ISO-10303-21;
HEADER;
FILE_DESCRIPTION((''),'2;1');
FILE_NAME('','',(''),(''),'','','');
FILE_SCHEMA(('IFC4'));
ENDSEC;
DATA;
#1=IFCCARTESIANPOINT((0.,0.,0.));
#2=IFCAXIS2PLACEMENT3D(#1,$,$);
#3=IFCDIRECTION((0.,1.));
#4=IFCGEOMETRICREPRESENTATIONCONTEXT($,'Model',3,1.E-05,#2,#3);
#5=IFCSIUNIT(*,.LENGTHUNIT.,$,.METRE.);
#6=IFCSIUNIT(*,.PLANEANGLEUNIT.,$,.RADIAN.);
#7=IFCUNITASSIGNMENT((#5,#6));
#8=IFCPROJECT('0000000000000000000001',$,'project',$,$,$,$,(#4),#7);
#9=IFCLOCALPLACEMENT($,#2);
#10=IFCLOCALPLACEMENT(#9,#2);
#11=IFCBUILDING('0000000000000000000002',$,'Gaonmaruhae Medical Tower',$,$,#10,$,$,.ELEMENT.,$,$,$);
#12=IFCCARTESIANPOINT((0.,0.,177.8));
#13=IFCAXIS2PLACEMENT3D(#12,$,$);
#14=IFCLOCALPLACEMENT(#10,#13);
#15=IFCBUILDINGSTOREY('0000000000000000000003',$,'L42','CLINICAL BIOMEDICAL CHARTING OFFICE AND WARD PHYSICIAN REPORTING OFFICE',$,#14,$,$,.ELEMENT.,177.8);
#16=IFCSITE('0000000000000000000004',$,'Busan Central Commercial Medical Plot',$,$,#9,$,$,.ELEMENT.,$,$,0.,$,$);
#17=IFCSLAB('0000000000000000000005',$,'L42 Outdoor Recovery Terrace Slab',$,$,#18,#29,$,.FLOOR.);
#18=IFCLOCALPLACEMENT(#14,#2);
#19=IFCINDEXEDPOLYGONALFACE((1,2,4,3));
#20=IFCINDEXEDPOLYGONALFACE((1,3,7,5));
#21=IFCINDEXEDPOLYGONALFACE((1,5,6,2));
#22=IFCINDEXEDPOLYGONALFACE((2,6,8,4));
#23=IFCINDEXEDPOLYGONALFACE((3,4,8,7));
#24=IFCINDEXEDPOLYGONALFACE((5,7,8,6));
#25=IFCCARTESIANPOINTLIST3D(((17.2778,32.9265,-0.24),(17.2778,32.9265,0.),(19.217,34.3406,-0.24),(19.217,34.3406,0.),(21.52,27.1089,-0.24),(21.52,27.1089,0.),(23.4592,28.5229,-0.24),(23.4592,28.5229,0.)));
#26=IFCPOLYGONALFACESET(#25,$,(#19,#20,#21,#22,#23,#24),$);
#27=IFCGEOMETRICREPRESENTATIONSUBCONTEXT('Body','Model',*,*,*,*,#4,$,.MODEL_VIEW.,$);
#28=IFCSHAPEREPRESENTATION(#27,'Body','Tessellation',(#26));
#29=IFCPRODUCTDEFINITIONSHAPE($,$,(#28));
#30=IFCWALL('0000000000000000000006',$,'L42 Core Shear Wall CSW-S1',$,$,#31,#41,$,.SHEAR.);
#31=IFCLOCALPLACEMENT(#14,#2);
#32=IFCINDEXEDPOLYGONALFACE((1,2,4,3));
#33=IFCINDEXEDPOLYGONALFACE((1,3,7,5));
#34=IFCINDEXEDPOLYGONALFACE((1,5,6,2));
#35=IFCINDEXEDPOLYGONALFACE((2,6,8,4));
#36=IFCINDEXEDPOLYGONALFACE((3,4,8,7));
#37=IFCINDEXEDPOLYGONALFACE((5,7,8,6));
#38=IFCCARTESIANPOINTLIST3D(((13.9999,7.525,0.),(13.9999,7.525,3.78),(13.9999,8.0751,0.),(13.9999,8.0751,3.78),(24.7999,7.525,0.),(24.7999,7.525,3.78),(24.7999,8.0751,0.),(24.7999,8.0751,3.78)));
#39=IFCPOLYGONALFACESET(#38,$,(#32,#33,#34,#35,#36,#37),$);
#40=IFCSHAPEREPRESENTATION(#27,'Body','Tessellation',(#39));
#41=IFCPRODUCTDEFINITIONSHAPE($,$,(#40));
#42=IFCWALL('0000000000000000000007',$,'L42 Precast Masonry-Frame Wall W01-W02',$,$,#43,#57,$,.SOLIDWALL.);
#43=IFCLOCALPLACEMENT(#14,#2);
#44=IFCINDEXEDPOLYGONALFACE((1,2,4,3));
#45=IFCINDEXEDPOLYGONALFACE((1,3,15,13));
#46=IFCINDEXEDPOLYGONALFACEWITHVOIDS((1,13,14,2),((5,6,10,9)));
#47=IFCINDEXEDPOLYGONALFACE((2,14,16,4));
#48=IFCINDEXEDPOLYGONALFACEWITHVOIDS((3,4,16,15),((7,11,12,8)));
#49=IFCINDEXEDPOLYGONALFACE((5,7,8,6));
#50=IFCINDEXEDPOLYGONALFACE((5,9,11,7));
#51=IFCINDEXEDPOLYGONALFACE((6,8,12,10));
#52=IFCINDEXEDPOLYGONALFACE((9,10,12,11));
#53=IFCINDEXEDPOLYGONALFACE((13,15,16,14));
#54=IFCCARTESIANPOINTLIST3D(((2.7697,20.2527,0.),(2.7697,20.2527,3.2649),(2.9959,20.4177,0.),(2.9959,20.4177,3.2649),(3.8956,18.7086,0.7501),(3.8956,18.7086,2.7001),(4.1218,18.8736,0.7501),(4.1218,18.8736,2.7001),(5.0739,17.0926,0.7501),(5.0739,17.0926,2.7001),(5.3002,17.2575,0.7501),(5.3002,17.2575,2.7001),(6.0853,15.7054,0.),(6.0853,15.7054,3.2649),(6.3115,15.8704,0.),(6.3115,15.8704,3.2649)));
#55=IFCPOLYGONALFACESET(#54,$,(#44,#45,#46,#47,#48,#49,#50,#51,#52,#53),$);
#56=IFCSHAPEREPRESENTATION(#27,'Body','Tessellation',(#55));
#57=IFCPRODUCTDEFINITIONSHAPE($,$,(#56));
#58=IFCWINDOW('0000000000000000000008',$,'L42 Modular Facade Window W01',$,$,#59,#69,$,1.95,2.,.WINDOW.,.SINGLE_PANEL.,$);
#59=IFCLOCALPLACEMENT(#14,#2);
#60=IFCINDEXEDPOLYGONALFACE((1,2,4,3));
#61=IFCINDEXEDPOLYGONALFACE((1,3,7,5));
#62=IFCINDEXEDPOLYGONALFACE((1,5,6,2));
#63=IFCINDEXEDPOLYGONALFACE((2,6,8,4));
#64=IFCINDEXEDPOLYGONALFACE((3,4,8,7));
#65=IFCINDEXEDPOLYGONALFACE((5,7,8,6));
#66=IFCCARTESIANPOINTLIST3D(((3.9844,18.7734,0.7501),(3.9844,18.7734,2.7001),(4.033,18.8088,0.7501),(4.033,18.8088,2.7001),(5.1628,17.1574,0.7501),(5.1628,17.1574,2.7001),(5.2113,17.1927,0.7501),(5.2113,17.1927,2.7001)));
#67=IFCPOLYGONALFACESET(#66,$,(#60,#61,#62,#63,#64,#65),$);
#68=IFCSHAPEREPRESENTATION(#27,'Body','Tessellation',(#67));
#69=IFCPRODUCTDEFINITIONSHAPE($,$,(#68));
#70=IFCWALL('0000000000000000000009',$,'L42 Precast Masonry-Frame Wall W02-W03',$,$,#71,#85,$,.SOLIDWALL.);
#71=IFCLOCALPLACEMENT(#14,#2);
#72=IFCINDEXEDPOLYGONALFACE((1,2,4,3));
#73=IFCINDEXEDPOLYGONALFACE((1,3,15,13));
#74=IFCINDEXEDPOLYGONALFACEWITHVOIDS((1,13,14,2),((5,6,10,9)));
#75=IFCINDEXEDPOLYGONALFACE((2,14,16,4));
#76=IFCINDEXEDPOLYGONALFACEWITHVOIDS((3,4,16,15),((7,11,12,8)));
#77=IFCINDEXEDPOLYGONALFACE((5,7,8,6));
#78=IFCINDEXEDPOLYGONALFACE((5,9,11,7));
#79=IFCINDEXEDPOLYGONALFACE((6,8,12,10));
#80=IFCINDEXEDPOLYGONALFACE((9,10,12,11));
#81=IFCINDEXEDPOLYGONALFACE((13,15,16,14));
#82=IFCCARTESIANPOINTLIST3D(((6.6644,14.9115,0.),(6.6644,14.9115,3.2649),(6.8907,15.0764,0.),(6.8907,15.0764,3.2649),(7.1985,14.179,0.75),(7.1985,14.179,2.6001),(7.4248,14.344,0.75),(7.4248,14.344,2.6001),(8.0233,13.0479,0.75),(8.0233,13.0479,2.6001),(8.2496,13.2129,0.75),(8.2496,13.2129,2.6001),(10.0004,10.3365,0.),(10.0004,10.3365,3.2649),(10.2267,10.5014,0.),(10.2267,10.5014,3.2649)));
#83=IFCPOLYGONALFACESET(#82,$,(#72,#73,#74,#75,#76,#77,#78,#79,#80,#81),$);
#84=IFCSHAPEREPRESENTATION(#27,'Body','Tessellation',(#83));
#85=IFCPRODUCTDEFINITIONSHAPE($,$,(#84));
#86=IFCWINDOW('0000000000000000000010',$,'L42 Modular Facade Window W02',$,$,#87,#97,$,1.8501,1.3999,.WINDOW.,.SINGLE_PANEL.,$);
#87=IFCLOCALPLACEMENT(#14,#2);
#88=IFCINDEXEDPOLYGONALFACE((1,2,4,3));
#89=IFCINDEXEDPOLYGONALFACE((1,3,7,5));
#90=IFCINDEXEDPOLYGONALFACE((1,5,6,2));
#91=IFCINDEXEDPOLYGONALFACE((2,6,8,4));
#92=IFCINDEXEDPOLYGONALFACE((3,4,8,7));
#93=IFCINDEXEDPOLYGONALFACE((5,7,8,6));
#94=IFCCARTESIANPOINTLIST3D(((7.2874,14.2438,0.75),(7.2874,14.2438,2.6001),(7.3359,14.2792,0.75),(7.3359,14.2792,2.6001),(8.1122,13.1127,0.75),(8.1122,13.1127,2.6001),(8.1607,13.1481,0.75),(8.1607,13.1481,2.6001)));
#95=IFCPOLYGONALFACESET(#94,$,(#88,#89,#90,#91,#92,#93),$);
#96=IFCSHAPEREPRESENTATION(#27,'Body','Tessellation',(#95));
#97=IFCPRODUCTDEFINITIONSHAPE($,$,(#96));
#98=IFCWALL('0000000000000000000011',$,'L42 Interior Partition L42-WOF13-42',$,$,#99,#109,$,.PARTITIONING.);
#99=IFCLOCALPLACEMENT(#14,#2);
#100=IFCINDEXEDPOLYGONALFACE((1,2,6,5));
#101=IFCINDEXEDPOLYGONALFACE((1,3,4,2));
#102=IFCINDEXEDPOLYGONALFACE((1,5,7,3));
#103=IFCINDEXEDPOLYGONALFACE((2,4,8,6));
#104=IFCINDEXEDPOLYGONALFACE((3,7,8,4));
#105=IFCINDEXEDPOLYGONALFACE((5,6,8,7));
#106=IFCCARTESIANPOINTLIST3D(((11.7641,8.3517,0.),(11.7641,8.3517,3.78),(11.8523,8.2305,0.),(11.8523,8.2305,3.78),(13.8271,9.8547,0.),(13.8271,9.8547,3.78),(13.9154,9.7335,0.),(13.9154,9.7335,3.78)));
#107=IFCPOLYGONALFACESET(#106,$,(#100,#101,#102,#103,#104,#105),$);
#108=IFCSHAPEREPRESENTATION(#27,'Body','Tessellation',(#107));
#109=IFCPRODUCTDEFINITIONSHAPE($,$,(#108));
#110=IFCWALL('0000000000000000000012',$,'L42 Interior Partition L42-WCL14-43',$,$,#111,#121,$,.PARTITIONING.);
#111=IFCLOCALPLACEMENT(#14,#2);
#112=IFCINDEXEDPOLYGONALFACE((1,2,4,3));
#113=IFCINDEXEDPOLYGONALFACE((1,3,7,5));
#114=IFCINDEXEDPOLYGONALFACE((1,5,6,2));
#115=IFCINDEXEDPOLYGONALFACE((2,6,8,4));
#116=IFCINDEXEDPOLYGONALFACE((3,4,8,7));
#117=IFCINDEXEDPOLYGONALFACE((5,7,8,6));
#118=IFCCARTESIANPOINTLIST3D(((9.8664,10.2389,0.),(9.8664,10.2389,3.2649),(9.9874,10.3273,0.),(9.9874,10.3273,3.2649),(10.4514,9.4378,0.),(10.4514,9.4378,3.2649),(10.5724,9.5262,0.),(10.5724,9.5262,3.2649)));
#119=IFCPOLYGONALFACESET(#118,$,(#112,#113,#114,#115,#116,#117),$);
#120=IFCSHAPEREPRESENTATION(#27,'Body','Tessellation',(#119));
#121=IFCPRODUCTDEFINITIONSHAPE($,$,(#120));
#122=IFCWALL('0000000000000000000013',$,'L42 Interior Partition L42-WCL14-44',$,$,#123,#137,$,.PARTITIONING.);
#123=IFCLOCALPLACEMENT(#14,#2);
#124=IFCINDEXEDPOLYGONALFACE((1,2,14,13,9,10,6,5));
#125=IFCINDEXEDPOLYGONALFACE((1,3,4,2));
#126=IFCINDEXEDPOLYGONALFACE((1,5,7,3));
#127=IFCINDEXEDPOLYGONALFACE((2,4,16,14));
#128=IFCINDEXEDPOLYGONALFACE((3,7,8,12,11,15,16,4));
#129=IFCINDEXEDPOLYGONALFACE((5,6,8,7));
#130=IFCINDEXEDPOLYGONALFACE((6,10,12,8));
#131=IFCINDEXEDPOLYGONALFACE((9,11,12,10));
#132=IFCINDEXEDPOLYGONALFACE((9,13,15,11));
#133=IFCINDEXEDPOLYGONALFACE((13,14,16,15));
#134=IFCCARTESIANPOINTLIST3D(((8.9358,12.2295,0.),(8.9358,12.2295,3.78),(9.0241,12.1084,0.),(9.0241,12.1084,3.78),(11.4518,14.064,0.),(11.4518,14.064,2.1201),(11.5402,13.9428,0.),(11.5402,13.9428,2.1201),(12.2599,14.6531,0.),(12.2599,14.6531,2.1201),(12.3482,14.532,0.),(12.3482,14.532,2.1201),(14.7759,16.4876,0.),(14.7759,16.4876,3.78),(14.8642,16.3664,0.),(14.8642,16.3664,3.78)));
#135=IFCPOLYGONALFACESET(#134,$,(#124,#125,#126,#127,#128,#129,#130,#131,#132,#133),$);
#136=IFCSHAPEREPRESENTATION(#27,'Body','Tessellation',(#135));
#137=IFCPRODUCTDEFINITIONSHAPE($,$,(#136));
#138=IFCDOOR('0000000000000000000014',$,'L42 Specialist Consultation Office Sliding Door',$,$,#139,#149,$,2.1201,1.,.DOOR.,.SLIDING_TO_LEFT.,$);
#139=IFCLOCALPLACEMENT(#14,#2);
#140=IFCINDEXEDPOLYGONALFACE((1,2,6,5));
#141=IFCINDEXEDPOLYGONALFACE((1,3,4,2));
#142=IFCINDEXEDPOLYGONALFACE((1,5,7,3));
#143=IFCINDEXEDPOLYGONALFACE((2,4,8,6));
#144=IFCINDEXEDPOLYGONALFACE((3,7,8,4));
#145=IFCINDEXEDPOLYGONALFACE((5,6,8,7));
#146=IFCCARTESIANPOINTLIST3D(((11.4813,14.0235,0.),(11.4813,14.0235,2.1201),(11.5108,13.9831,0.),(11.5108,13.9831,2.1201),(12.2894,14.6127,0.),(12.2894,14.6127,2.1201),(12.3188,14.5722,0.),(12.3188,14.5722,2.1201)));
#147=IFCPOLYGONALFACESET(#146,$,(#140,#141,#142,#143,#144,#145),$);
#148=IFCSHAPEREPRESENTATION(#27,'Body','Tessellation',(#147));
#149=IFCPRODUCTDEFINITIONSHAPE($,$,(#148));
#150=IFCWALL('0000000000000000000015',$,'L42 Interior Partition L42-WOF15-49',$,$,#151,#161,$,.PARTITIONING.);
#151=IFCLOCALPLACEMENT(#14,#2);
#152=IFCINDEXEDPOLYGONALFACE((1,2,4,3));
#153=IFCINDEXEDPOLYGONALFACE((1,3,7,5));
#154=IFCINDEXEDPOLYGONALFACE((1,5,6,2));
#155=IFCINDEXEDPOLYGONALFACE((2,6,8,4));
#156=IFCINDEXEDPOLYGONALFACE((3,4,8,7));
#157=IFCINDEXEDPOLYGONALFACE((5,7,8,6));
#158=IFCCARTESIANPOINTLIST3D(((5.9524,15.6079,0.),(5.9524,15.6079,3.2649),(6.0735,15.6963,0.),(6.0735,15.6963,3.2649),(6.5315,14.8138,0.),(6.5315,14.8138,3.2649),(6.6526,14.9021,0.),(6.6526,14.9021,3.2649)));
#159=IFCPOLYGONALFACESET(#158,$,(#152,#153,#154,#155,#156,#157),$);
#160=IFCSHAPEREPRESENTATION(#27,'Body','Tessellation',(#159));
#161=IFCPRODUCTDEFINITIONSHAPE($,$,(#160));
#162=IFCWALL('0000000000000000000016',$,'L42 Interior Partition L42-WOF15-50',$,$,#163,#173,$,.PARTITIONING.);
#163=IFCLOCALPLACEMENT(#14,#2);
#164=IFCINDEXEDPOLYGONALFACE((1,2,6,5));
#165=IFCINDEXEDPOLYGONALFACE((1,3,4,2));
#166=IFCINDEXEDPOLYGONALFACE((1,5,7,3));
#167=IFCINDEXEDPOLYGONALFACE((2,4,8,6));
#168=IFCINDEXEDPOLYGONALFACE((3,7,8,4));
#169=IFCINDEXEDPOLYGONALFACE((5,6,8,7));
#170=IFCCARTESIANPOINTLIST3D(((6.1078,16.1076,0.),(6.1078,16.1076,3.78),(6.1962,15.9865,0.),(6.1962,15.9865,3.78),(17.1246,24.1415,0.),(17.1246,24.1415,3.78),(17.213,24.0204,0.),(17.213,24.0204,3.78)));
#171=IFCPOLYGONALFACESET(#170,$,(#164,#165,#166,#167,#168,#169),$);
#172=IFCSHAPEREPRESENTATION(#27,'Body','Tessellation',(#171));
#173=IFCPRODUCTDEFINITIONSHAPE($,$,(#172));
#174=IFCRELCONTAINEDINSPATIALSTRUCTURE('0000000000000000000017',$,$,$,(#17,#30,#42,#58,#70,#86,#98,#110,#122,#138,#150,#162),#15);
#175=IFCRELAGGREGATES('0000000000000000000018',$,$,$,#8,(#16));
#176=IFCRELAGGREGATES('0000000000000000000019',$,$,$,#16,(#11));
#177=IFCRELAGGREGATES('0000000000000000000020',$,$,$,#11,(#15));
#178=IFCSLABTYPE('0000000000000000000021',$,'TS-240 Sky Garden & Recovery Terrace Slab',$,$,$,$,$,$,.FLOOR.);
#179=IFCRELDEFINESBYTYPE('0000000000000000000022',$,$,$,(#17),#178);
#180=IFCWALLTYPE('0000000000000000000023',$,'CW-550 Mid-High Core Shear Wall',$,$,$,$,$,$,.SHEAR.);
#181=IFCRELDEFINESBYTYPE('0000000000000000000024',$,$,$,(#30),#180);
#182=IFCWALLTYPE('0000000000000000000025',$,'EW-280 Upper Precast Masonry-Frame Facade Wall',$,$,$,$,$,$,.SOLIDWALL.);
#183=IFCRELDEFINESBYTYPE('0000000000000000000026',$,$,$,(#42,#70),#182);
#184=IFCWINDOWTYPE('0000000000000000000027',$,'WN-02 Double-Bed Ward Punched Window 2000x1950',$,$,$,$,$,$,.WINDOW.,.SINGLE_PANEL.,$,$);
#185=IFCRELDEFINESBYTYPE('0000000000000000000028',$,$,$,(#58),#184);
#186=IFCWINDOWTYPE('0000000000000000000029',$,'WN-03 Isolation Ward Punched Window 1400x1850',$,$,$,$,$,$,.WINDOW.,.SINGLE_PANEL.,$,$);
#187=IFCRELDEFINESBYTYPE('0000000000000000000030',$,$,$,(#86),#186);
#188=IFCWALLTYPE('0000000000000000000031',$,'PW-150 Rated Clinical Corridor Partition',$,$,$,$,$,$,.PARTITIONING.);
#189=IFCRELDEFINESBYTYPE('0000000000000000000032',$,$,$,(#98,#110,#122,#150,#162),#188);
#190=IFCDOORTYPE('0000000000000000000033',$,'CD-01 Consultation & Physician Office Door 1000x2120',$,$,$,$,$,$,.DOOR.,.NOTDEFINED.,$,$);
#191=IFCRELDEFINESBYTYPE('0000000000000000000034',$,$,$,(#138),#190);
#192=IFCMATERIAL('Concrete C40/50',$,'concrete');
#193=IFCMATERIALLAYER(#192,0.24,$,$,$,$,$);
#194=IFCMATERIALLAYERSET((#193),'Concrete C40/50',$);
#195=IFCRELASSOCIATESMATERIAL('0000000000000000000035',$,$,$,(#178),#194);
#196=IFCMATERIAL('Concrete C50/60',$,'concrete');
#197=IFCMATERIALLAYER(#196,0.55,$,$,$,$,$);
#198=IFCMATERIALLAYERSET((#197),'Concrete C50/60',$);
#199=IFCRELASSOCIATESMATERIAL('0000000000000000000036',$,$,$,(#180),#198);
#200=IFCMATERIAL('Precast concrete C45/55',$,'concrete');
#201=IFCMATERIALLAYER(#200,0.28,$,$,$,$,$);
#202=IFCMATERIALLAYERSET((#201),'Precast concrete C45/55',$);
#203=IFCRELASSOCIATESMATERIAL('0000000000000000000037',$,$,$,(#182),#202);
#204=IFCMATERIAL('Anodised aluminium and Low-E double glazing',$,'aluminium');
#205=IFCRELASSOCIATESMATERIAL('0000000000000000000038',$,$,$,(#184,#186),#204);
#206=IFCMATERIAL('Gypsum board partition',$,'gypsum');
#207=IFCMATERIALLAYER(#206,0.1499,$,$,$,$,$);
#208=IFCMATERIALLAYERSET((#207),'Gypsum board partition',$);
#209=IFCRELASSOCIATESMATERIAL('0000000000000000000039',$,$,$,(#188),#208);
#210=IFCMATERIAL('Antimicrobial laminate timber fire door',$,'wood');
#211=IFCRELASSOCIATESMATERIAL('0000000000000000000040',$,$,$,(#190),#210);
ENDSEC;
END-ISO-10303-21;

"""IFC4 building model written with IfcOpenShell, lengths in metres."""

from ifc_helpers import new_model, si_unit, direction, frame, frame_2d, origin, place, context, subcontext, project, spatial, polyline, rectangle, outline, extrude, material, layer, layer_set, type_object, element, fill, save


model = new_model("IFC4")

# Units and contexts
model_context = context("Model", 3, precision=1e-05, world=origin(), true_north=direction((0.0, 1.0)))
body_context = subcontext(model_context, "Body", "Model", "MODEL_VIEW")
ifc_project = project(units=[si_unit("LENGTHUNIT", "METRE"), si_unit("PLANEANGLEUNIT", "RADIAN")], contexts=[model_context])

# Site, building, storey
site_placement = place(None, origin())
site = spatial("IfcSite", under=ifc_project, at=site_placement, Name="Busan Central Commercial Medical Plot", CompositionType="ELEMENT", RefElevation=0.0)
building_placement = place(site_placement, origin())
building = spatial("IfcBuilding", under=site, at=building_placement, Name="Gaonmaruhae Medical Tower", CompositionType="ELEMENT")
storey_placement = place(building_placement, frame((0.0, 0.0, 177.8)))
storey = spatial("IfcBuildingStorey", under=building, at=storey_placement, Name="L42", Description="CLINICAL BIOMEDICAL CHARTING OFFICE AND WARD PHYSICIAN REPORTING OFFICE", CompositionType="ELEMENT", Elevation=177.8)

# Shared definitions
ifc_material_1 = material(Name="Concrete C50/60", Category="concrete")

# Shared definitions
ifc_material_2 = material(Name="Concrete C40/50", Category="concrete")

# Slab
ifc_layer_1 = layer(ifc_material_2, 0.24)
ifc_layer_set_1 = layer_set([ifc_layer_1], Name="Concrete C40/50")
slab_type_1 = type_object("IfcSlabType", Name="TS-240 Sky Garden & Recovery Terrace Slab", PredefinedType="FLOOR", material=ifc_layer_set_1)
slab_1_placement = place(storey_placement, frame((0.0, 0.0, -0.24)))
element("IfcSlab", 1, at=slab_1_placement, inside=storey, type_object=slab_type_1, Name="L42 Outdoor Recovery Terrace Slab", PredefinedType="FLOOR", context=body_context, shape_type="SweptSolid", body=[
    extrude(outline(polyline([(21.52, 27.1089), (23.4592, 28.5229), (19.217, 34.3406), (17.2778, 32.9265), (21.52, 27.1089)])), origin(), (0.0, 0.0, 1.0), 0.24),
])

# Wall
ifc_layer_2 = layer(ifc_material_1, 0.55)
ifc_layer_set_2 = layer_set([ifc_layer_2], Name="Concrete C50/60")
wall_type_1 = type_object("IfcWallType", Name="CW-550 Mid-High Core Shear Wall", PredefinedType="SHEAR", material=ifc_layer_set_2)
wall_1_placement = place(storey_placement, frame((14.0, 7.8, 0.0), z_axis=(0.0, 0.0, 1.0), x_axis=(1.0, 0.0, 0.0)))
element("IfcWall", 2, at=wall_1_placement, inside=storey, type_object=wall_type_1, Name="L42 Core Shear Wall CSW-S1", PredefinedType="SHEAR", context=body_context, shape_type="SweptSolid", body=[
    extrude(rectangle(XDim=10.8, YDim=0.55, at=frame_2d((5.3999, 0.0))), origin(), (0.0, 0.0, 1.0), 3.78),
])

# Walls, openings, windows
ifc_material_3 = material(Name="Precast concrete C45/55", Category="concrete")
ifc_layer_3 = layer(ifc_material_3, 0.28)
ifc_layer_set_3 = layer_set([ifc_layer_3], Name="Precast concrete C45/55")
wall_type_2 = type_object("IfcWallType", Name="EW-280 Upper Precast Masonry-Frame Facade Wall", PredefinedType="SOLIDWALL", material=ifc_layer_set_3)
wall_2_placement = place(storey_placement, frame((6.1985, 15.7878, 0.0), z_axis=(0.0, 0.0, 1.0), x_axis=(-0.589159, 0.808017, 0.0)))
wall_2 = element("IfcWall", 3, at=wall_2_placement, inside=storey, type_object=wall_type_2, Name="L42 Precast Masonry-Frame Wall W01-W02", PredefinedType="SOLIDWALL", context=body_context, shape_type="SweptSolid", body=[
    extrude(rectangle(XDim=5.6277, YDim=0.28, at=frame_2d((2.814, 0.0))), origin(), (0.0, 0.0, 1.0), 3.2649),
])
opening_1_placement = place(wall_2_placement, frame((1.7168, 0.0, 0.75)))
opening_1 = element("IfcOpeningElement", 4, at=opening_1_placement, cuts=wall_2, PredefinedType="OPENING", context=body_context, shape_type="SweptSolid", body=[
    extrude(rectangle(XDim=2.0, YDim=1.95, at=frame_2d((1.0, 0.9751))), frame((0.0, 0.1499, 0.0), z_axis=(0.0, -1.0, 0.0), x_axis=(1.0, 0.0, 0.0)), (0.0, 0.0, 1.0), 0.3),
])
ifc_material_4 = material(Name="Anodised aluminium and Low-E double glazing", Category="aluminium")
window_type_1 = type_object("IfcWindowType", Name="WN-02 Double-Bed Ward Punched Window 2000x1950", PartitioningType="SINGLE_PANEL", PredefinedType="WINDOW", material=ifc_material_4)
window_1_placement = place(opening_1_placement, origin())
window_1 = element("IfcWindow", 5, at=window_1_placement, inside=storey, type_object=window_type_1, Name="L42 Modular Facade Window W01", OverallHeight=1.95, OverallWidth=2.0, PartitioningType="SINGLE_PANEL", PredefinedType="WINDOW", context=body_context, shape_type="SweptSolid", body=[
    extrude(rectangle(XDim=2.0, YDim=1.95, at=frame_2d((1.0, 0.9751))), frame((0.0, 0.03, 0.0), z_axis=(0.0, -1.0, 0.0), x_axis=(1.0, 0.0, 0.0)), (0.0, 0.0, 1.0), 0.0601),
])
fill(opening_1, window_1)
wall_3_placement = place(storey_placement, frame((10.1135, 10.4189, 0.0), z_axis=(0.0, 0.0, 1.0), x_axis=(-0.589176, 0.808005, 0.0)))
wall_3 = element("IfcWall", 6, at=wall_3_placement, inside=storey, type_object=wall_type_2, Name="L42 Precast Masonry-Frame Wall W02-W03", PredefinedType="SOLIDWALL", context=body_context, shape_type="SweptSolid", body=[
    extrude(rectangle(XDim=5.6621, YDim=0.28, at=frame_2d((2.8311, 0.0))), origin(), (0.0, 0.0, 1.0), 3.2649),
])
opening_2_placement = place(wall_3_placement, frame((3.3557, 0.0, 0.75)))
opening_2 = element("IfcOpeningElement", 7, at=opening_2_placement, cuts=wall_3, PredefinedType="OPENING", context=body_context, shape_type="SweptSolid", body=[
    extrude(rectangle(XDim=1.3999, YDim=1.8501, at=frame_2d((0.7, 0.925))), frame((0.0, 0.1499, 0.0), z_axis=(0.0, -1.0, 0.0), x_axis=(1.0, 0.0, 0.0)), (0.0, 0.0, 1.0), 0.3),
])
window_type_2 = type_object("IfcWindowType", Name="WN-03 Isolation Ward Punched Window 1400x1850", PartitioningType="SINGLE_PANEL", PredefinedType="WINDOW", material=ifc_material_4)
window_2_placement = place(opening_2_placement, origin())
window_2 = element("IfcWindow", 8, at=window_2_placement, inside=storey, type_object=window_type_2, Name="L42 Modular Facade Window W02", OverallHeight=1.8501, OverallWidth=1.3999, PartitioningType="SINGLE_PANEL", PredefinedType="WINDOW", context=body_context, shape_type="SweptSolid", body=[
    extrude(rectangle(XDim=1.3999, YDim=1.8501, at=frame_2d((0.7, 0.925))), frame((0.0, 0.03, 0.0), z_axis=(0.0, -1.0, 0.0), x_axis=(1.0, 0.0, 0.0)), (0.0, 0.0, 1.0), 0.0601),
])
fill(opening_2, window_2)

# Walls
ifc_material_5 = material(Name="Gypsum board partition", Category="gypsum")
ifc_layer_4 = layer(ifc_material_5, 0.1499)
ifc_layer_set_4 = layer_set([ifc_layer_4], Name="Gypsum board partition")
wall_type_3 = type_object("IfcWallType", Name="PW-150 Rated Clinical Corridor Partition", PredefinedType="PARTITIONING", material=ifc_layer_set_4)
wall_4_placement = place(storey_placement, frame((11.8081, 8.291, 0.0), z_axis=(0.0, 0.0, 1.0), x_axis=(0.808256, 0.588831, 0.0)))
element("IfcWall", 9, at=wall_4_placement, inside=storey, type_object=wall_type_3, Name="L42 Interior Partition L42-WOF13-42", PredefinedType="PARTITIONING", context=body_context, shape_type="SweptSolid", body=[
    extrude(rectangle(XDim=2.5525, YDim=0.1499, at=frame_2d((1.2764, 0.0))), origin(), (0.0, 0.0, 1.0), 3.78),
])
wall_5_placement = place(storey_placement, frame((10.512, 9.4819, 0.0), z_axis=(0.0, 0.0, 1.0), x_axis=(-0.589751, 0.807585, 0.0)))
element("IfcWall", 10, at=wall_5_placement, inside=storey, type_object=wall_type_3, Name="L42 Interior Partition L42-WCL14-43", PredefinedType="PARTITIONING", context=body_context, shape_type="SweptSolid", body=[
    extrude(rectangle(XDim=0.9919, YDim=0.1499, at=frame_2d((0.4961, 0.0))), origin(), (0.0, 0.0, 1.0), 3.2649),
])

# Wall, opening, door
wall_6_placement = place(storey_placement, frame((8.98, 12.1689, 0.0), z_axis=(0.0, 0.0, 1.0), x_axis=(0.80803, 0.589141, 0.0)))
wall_6 = element("IfcWall", 11, at=wall_6_placement, inside=storey, type_object=wall_type_3, Name="L42 Interior Partition L42-WCL14-44", PredefinedType="PARTITIONING", context=body_context, shape_type="SweptSolid", body=[
    extrude(rectangle(XDim=7.2275, YDim=0.1499, at=frame_2d((3.6138, 0.0))), origin(), (0.0, 0.0, 1.0), 3.78),
])
opening_3_placement = place(wall_6_placement, frame((3.1138, 0.0, 0.0)))
opening_3 = element("IfcOpeningElement", 12, at=opening_3_placement, cuts=wall_6, PredefinedType="OPENING", context=body_context, shape_type="SweptSolid", body=[
    extrude(rectangle(XDim=1.0, YDim=2.1201, at=frame_2d((0.5, 1.0601))), frame((0.0, 0.085, 0.0), z_axis=(0.0, -1.0, 0.0), x_axis=(1.0, 0.0, 0.0)), (0.0, 0.0, 1.0), 0.1699),
])
ifc_material_6 = material(Name="Antimicrobial laminate timber fire door", Category="wood")
door_type = type_object("IfcDoorType", Name="CD-01 Consultation & Physician Office Door 1000x2120", OperationType="NOTDEFINED", PredefinedType="DOOR", material=ifc_material_6)
door_placement = place(opening_3_placement, origin())
door = element("IfcDoor", 13, at=door_placement, inside=storey, type_object=door_type, Name="L42 Specialist Consultation Office Sliding Door", OperationType="SLIDING_TO_LEFT", OverallHeight=2.1201, OverallWidth=1.0, PredefinedType="DOOR", context=body_context, shape_type="SweptSolid", body=[
    extrude(rectangle(XDim=1.0, YDim=2.1201, at=frame_2d((0.5, 1.0601))), frame((0.0, 0.0249, 0.0), z_axis=(0.0, -1.0, 0.0), x_axis=(1.0, 0.0, 0.0)), (0.0, 0.0, 1.0), 0.05),
])
fill(opening_3, door)

# Walls
wall_7_placement = place(storey_placement, frame((6.592, 14.8579, 0.0), z_axis=(0.0, 0.0, 1.0), x_axis=(-0.589176, 0.808005, 0.0)))
element("IfcWall", 14, at=wall_7_placement, inside=storey, type_object=wall_type_3, Name="L42 Interior Partition L42-WOF15-49", PredefinedType="PARTITIONING", context=body_context, shape_type="SweptSolid", body=[
    extrude(rectangle(XDim=0.9829, YDim=0.1499, at=frame_2d((0.4915, 0.0))), origin(), (0.0, 0.0, 1.0), 3.2649),
])
wall_8_placement = place(storey_placement, frame((6.1521, 16.0471, 0.0), z_axis=(0.0, 0.0, 1.0), x_axis=(0.807979, 0.589211, 0.0)))
element("IfcWall", 15, at=wall_8_placement, inside=storey, type_object=wall_type_3, Name="L42 Interior Partition L42-WOF15-50", PredefinedType="PARTITIONING", context=body_context, shape_type="SweptSolid", body=[
    extrude(rectangle(XDim=13.635, YDim=0.1499, at=frame_2d((6.8174, 0.0))), origin(), (0.0, 0.0, 1.0), 3.78),
])

save(model, "model.ifc")
